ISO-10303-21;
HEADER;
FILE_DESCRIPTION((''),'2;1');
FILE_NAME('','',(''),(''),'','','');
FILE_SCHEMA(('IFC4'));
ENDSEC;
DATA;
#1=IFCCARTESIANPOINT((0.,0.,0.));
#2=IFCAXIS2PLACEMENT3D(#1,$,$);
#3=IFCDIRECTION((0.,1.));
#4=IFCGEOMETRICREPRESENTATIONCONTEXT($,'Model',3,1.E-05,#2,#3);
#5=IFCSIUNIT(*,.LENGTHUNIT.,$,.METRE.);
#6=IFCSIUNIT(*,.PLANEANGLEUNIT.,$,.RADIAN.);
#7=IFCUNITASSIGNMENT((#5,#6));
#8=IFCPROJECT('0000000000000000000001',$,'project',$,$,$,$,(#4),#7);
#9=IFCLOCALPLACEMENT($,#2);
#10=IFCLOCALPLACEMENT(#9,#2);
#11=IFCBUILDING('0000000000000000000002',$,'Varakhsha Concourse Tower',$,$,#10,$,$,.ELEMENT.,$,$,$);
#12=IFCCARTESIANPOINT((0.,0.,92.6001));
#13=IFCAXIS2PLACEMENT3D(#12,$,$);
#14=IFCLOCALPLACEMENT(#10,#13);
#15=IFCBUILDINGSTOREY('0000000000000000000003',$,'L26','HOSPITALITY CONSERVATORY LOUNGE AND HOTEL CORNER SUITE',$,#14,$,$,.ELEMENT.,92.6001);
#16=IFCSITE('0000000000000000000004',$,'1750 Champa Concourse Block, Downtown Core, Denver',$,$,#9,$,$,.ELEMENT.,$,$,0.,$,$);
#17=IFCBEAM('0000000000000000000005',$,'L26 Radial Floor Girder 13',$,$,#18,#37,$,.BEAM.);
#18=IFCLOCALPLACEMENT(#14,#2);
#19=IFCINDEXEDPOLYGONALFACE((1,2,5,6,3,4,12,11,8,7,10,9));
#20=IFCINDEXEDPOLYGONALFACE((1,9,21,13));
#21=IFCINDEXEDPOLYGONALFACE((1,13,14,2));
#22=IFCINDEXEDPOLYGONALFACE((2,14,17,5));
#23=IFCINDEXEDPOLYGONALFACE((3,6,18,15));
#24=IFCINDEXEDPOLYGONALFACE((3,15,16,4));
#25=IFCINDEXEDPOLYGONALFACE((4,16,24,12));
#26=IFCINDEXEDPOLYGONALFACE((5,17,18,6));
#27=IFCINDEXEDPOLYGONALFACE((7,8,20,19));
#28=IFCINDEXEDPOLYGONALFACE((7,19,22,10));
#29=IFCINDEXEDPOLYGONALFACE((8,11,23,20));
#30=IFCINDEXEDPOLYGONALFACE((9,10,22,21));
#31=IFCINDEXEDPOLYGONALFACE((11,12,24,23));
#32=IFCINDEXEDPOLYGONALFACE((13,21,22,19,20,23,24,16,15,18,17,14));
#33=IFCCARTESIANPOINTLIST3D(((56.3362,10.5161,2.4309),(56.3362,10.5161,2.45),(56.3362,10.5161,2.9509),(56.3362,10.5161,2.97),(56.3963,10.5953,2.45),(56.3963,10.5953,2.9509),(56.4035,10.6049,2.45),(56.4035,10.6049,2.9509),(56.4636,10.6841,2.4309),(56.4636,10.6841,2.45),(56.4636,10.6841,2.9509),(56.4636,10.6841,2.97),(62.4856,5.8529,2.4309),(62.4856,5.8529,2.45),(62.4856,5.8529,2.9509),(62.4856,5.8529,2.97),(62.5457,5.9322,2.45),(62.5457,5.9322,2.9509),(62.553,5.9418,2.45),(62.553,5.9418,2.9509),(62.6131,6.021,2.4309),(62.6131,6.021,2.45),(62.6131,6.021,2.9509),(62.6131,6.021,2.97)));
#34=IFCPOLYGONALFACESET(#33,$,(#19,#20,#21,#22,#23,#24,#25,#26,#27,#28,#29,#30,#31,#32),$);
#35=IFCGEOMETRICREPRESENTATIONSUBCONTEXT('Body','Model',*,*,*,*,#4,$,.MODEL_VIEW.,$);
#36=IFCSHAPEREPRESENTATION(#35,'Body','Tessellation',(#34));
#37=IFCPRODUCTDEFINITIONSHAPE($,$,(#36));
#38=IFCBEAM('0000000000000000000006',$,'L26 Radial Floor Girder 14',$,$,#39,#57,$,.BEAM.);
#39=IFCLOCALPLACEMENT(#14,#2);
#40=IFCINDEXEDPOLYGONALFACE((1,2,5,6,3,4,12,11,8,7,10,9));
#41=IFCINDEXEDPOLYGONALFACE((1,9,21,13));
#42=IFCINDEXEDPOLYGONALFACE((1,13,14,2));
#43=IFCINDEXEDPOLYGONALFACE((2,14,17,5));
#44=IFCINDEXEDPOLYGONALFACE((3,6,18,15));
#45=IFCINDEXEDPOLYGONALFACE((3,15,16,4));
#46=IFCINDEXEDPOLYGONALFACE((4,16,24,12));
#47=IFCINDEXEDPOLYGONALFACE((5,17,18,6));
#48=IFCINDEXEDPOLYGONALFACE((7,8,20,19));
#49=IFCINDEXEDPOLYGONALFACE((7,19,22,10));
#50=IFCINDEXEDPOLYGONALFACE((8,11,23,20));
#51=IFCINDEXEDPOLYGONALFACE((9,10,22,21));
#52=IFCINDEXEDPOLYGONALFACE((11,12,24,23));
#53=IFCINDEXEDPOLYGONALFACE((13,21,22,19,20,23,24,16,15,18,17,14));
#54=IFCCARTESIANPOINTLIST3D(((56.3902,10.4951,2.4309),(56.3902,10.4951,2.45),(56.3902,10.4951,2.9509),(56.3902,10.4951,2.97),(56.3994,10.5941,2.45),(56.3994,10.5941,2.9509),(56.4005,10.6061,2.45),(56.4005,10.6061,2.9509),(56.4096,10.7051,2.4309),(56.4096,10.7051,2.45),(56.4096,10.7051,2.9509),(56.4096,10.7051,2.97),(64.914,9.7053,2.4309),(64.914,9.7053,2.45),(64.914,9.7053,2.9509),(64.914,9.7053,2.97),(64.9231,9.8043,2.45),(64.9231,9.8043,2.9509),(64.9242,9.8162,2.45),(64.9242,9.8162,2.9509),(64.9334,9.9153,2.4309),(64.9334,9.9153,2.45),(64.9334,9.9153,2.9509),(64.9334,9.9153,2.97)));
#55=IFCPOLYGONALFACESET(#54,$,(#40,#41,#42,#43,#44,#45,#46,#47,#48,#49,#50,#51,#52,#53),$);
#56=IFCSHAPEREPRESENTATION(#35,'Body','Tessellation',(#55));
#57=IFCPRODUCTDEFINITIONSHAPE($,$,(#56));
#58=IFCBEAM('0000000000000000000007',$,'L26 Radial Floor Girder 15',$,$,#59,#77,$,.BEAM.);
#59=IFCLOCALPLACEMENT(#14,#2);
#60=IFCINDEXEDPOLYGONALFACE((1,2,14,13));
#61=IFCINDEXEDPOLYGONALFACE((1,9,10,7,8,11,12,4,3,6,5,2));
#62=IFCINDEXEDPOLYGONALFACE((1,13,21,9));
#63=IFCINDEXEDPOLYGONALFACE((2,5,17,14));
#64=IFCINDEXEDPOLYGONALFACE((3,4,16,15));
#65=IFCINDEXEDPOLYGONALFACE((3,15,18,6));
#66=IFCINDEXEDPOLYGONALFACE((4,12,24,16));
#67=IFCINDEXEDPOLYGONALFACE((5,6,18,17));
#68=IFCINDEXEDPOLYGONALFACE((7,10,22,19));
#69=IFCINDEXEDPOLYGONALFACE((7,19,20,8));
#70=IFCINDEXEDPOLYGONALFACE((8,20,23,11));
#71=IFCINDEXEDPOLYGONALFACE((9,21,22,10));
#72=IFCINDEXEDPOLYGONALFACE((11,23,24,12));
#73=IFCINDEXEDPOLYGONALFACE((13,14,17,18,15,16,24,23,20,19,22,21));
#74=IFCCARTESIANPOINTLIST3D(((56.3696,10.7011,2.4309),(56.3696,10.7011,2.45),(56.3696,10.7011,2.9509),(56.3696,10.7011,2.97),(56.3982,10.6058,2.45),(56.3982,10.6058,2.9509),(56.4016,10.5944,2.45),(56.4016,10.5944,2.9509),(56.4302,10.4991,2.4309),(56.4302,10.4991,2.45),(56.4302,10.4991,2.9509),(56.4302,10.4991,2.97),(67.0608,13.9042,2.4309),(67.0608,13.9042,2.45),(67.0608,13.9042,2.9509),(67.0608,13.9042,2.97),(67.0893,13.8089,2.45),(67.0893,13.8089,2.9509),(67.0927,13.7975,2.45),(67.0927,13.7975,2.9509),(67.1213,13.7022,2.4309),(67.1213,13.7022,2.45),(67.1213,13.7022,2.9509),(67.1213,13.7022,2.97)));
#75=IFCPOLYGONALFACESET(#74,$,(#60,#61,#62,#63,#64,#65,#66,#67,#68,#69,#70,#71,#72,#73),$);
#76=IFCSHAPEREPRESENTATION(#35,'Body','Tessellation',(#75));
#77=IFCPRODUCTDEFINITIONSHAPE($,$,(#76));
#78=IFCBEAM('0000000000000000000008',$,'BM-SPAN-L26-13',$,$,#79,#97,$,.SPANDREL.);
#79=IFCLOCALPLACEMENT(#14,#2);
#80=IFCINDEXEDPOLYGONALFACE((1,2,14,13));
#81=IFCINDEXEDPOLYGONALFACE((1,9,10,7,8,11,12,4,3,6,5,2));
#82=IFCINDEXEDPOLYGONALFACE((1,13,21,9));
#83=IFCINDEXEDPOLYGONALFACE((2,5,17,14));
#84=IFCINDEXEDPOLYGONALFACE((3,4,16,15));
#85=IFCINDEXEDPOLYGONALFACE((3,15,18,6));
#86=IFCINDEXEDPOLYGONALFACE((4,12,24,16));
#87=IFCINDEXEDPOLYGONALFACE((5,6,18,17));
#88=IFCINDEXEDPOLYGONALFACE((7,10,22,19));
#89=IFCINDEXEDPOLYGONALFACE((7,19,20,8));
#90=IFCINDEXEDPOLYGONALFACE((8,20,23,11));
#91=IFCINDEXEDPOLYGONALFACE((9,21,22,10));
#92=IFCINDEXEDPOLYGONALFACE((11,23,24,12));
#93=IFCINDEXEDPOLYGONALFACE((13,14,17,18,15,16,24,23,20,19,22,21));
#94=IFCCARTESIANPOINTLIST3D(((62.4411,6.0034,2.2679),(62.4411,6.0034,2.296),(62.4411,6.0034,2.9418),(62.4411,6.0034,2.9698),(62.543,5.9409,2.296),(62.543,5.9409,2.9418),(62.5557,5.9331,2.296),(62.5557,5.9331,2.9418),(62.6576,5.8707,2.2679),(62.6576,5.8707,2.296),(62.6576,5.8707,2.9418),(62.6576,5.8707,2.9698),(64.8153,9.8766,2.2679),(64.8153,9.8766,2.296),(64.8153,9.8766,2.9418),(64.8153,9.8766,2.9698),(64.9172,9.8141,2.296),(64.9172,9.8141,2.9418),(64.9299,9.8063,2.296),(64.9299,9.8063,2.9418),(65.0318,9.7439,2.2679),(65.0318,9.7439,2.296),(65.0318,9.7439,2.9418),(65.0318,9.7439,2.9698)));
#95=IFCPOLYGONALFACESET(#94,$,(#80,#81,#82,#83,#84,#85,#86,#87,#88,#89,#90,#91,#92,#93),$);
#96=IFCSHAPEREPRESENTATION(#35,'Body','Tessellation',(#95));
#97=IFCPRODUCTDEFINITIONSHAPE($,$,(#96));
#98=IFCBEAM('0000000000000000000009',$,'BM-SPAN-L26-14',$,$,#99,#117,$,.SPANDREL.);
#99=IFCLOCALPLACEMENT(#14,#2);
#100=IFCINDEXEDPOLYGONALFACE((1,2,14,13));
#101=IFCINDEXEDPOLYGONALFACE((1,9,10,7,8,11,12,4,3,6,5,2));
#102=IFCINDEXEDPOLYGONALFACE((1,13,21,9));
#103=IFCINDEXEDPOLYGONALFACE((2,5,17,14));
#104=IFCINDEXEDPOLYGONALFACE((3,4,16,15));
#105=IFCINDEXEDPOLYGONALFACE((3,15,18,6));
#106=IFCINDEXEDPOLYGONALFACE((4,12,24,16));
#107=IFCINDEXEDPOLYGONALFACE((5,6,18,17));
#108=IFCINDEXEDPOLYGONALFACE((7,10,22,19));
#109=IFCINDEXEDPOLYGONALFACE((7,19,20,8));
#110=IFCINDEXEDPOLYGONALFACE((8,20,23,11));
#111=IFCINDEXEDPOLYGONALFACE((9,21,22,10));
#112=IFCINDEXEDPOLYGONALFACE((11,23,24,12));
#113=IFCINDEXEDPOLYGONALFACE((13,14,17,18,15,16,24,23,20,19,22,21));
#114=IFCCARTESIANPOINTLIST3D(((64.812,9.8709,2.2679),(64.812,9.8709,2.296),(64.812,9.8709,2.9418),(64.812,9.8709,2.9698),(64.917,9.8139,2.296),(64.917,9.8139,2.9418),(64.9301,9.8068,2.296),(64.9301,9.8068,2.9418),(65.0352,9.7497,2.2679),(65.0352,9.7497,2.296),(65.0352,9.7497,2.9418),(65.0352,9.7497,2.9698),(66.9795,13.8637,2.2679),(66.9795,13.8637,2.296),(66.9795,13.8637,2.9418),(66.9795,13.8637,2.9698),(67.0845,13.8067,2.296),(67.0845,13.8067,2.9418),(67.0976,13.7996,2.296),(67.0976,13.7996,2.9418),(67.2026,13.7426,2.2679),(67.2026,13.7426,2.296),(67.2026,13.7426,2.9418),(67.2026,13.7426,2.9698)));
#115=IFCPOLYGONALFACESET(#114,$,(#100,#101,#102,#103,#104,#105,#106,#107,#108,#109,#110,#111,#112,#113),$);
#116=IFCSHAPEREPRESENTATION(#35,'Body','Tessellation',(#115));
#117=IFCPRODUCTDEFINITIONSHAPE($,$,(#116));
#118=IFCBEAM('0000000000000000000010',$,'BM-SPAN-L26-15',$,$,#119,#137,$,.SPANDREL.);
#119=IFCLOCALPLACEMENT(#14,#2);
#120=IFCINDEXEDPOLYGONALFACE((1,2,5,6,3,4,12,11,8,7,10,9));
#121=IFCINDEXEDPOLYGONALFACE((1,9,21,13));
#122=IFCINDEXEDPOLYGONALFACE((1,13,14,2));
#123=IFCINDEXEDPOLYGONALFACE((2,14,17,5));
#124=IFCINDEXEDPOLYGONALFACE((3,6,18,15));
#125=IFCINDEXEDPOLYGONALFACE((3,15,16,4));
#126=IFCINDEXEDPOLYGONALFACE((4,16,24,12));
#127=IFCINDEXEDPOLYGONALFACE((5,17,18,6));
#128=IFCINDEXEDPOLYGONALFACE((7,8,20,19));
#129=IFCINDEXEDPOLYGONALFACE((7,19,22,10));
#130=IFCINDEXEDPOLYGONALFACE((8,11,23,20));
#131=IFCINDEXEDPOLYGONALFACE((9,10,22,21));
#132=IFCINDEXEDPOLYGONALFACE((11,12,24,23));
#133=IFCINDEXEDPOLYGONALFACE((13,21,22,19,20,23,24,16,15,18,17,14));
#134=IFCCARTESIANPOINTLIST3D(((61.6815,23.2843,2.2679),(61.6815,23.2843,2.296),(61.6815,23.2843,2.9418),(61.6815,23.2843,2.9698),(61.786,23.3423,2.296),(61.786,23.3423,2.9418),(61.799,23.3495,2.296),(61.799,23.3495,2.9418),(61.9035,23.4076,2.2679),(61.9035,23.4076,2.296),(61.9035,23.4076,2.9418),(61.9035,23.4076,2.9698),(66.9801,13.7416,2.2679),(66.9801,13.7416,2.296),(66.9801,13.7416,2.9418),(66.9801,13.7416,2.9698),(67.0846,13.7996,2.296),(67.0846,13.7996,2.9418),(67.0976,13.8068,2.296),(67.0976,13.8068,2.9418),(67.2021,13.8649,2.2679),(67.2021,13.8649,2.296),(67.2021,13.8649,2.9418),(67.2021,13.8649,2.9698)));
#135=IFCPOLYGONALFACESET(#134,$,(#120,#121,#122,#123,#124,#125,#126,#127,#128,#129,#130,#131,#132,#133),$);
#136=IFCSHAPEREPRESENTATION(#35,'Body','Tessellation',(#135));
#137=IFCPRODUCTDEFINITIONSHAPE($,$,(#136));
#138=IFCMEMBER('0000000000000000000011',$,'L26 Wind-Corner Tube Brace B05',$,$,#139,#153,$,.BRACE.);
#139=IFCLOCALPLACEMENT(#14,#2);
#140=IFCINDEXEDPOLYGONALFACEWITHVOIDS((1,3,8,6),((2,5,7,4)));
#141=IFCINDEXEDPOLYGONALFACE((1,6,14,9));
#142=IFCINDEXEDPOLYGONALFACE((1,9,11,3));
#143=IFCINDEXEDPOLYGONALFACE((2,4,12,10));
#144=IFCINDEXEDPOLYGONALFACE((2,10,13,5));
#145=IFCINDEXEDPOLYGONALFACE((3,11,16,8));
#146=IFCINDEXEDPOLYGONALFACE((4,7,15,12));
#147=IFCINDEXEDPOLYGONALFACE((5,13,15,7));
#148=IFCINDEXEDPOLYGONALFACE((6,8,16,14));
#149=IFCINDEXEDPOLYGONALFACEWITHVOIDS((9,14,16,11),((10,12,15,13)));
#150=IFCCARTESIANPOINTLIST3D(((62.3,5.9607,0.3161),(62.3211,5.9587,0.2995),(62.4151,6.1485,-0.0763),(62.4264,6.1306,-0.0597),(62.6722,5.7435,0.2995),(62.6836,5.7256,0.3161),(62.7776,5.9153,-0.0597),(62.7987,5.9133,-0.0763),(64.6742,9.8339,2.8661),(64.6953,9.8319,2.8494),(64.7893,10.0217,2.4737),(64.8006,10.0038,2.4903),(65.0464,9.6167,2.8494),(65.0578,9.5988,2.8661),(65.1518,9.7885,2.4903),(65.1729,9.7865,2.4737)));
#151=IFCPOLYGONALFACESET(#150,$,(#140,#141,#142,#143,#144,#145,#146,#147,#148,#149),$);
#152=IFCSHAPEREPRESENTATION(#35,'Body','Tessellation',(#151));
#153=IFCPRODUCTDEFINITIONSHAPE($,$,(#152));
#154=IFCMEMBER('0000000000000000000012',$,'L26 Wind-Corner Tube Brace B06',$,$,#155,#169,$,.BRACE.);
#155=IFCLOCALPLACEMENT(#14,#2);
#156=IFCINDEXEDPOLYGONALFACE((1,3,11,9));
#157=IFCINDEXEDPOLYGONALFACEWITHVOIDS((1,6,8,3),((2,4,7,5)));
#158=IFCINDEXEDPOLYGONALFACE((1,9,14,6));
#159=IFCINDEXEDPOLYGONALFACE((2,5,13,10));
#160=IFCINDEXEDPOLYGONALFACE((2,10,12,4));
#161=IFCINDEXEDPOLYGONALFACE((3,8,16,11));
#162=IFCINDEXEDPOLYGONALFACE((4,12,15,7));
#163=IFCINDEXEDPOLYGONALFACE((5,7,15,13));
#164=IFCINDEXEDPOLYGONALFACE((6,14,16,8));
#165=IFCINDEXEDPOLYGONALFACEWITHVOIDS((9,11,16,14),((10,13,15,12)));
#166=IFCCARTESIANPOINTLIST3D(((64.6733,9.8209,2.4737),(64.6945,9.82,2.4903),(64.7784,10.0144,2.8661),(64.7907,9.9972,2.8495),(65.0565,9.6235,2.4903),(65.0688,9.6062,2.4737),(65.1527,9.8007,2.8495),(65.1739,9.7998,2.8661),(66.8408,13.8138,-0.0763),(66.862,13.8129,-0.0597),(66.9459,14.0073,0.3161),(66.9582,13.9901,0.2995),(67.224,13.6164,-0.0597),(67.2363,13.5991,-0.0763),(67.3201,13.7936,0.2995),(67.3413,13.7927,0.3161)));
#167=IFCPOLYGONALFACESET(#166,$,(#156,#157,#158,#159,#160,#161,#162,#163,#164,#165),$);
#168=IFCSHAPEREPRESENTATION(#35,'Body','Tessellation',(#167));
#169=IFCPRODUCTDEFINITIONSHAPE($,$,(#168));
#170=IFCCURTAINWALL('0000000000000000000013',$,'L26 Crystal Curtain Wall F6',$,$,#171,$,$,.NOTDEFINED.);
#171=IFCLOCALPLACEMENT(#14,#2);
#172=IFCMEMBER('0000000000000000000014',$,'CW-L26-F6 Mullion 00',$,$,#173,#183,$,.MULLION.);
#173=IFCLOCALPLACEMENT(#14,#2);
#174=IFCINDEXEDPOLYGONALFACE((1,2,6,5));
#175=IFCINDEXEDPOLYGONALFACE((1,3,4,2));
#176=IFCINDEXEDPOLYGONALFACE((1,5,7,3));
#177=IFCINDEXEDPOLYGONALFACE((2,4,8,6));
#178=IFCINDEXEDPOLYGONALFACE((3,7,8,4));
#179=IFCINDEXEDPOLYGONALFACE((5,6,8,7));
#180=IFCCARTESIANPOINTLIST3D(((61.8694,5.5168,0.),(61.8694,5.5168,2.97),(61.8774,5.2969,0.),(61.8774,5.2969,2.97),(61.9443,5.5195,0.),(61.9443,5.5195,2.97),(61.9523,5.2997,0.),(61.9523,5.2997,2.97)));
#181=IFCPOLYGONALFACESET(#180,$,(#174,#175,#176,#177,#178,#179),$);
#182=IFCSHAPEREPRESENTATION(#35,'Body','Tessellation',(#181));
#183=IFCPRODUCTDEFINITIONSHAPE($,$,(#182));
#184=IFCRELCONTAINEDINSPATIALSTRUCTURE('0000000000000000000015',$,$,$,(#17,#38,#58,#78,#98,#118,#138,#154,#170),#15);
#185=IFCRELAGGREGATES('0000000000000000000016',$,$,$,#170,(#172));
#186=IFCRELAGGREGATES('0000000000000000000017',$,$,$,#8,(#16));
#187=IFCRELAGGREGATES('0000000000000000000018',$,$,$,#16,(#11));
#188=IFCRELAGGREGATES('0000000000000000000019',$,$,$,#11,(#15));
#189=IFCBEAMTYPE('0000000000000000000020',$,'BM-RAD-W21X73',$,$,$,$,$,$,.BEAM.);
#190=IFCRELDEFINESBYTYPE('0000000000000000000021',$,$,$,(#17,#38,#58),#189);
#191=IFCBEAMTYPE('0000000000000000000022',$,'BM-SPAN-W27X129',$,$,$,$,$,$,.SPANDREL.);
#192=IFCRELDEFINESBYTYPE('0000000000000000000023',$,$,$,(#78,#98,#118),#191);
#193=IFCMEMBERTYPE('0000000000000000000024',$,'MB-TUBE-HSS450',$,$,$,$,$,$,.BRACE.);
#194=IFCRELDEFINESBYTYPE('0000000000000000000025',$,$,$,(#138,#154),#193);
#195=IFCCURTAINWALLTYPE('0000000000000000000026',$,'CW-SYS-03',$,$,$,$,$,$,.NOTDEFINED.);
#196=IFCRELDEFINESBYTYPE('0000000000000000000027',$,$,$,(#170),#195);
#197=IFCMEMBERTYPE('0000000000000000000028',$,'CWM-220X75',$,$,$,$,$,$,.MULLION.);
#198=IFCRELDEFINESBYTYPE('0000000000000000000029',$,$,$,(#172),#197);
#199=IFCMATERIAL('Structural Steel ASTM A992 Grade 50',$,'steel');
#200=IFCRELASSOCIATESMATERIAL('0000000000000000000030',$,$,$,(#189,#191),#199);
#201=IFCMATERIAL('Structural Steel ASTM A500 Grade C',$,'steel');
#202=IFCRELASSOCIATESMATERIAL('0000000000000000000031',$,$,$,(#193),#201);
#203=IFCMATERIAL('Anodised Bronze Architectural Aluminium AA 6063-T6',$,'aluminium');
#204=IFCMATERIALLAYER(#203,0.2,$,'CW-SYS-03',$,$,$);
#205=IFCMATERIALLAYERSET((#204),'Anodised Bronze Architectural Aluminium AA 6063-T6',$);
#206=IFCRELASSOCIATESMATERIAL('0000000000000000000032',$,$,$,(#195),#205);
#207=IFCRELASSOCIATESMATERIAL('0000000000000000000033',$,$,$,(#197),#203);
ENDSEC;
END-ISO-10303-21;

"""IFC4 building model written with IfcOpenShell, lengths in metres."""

from ifc_helpers import new_model, si_unit, direction, frame, origin, origin_2d, place, context, subcontext, project, spatial, rectangle, hollow_rectangle, i_section, extrude, source, transform, mapped, material, layer, layer_set, material_profile, profile_set, type_object, type_shapes, element, aggregate, save


model = new_model("IFC4")

# Units and contexts
model_context = context("Model", 3, precision=1e-05, world=origin(), true_north=direction((0.0, 1.0)))
body_context = subcontext(model_context, "Body", "Model", "MODEL_VIEW")
ifc_project = project(units=[si_unit("LENGTHUNIT", "METRE"), si_unit("PLANEANGLEUNIT", "RADIAN")], contexts=[model_context])

# Site, building, storey
site_placement = place(None, origin())
site = spatial("IfcSite", under=ifc_project, at=site_placement, Name="1750 Champa Concourse Block, Downtown Core, Denver", CompositionType="ELEMENT", RefElevation=0.0)
building_placement = place(site_placement, origin())
building = spatial("IfcBuilding", under=site, at=building_placement, Name="Varakhsha Concourse Tower", CompositionType="ELEMENT")
storey_placement = place(building_placement, frame((0.0, 0.0, 92.6001)))
storey = spatial("IfcBuildingStorey", under=building, at=storey_placement, Name="L26", Description="HOSPITALITY CONSERVATORY LOUNGE AND HOTEL CORNER SUITE", CompositionType="ELEMENT", Elevation=92.6001)

# Shared definitions
ifc_material_1 = material(Name="Structural Steel ASTM A992 Grade 50", Category="steel")

# Beams
ifc_material_profile_1 = material_profile(ifc_material_1, i_section(OverallWidth=0.2109, OverallDepth=0.5391, WebThickness=0.012, FlangeThickness=0.019, at=origin_2d()), Name="W21X73")
ifc_profile_set_1 = profile_set([ifc_material_profile_1], Name="Structural Steel ASTM A992 Grade 50")
beam_type_1 = type_object("IfcBeamType", Name="BM-RAD-W21X73", PredefinedType="BEAM", material=ifc_profile_set_1)
beam_1_placement = place(storey_placement, frame((56.3999, 10.6001, 2.7004), z_axis=(0.796815, -0.604223, 0.0), x_axis=(0.604223, 0.796815, 0.0)))
element("IfcBeam", 1, at=beam_1_placement, inside=storey, type_object=beam_type_1, Name="L26 Radial Floor Girder 13", PredefinedType="BEAM", context=body_context, shape_type="SweptSolid", body=[
    extrude(i_section(OverallWidth=0.2109, OverallDepth=0.5391, WebThickness=0.012, FlangeThickness=0.019, at=origin_2d()), origin(), (0.0, 0.0, 1.0), 7.7175),
])
beam_2_placement = place(storey_placement, frame((56.3999, 10.6001, 2.7004), z_axis=(0.995735, -0.092264, 0.0), x_axis=(0.092264, 0.995735, 0.0)))
element("IfcBeam", 2, at=beam_2_placement, inside=storey, type_object=beam_type_1, Name="L26 Radial Floor Girder 14", PredefinedType="BEAM", context=body_context, shape_type="SweptSolid", body=[
    extrude(i_section(OverallWidth=0.2109, OverallDepth=0.5391, WebThickness=0.012, FlangeThickness=0.019, at=origin_2d()), origin(), (0.0, 0.0, 1.0), 8.5603),
])
beam_3_placement = place(storey_placement, frame((56.3999, 10.6001, 2.7004), z_axis=(0.95793, 0.287001, 0.0), x_axis=(-0.287001, 0.95793, 0.0)))
element("IfcBeam", 3, at=beam_3_placement, inside=storey, type_object=beam_type_1, Name="L26 Radial Floor Girder 15", PredefinedType="BEAM", context=body_context, shape_type="SweptSolid", body=[
    extrude(i_section(OverallWidth=0.2109, OverallDepth=0.5391, WebThickness=0.012, FlangeThickness=0.019, at=origin_2d()), origin(), (0.0, 0.0, 1.0), 11.1606),
])
ifc_material_profile_2 = material_profile(ifc_material_1, i_section(OverallWidth=0.2539, OverallDepth=0.7019, WebThickness=0.0149, FlangeThickness=0.0281, at=origin_2d()), Name="W27X129")
ifc_profile_set_2 = profile_set([ifc_material_profile_2], Name="Structural Steel ASTM A992 Grade 50")
beam_type_2 = type_object("IfcBeamType", Name="BM-SPAN-W27X129", PredefinedType="SPANDREL", material=ifc_profile_set_2)
beam_4_placement = place(storey_placement, frame((62.5493, 5.937, 2.6189), z_axis=(0.522612, 0.85257, 0.0), x_axis=(-0.85257, 0.522612, 0.0)))
element("IfcBeam", 4, at=beam_4_placement, inside=storey, type_object=beam_type_2, Name="BM-SPAN-L26-13", PredefinedType="SPANDREL", context=body_context, shape_type="SweptSolid", body=[
    extrude(i_section(OverallWidth=0.2539, OverallDepth=0.7019, WebThickness=0.0149, FlangeThickness=0.0281, at=origin_2d()), origin(), (0.0, 0.0, 1.0), 4.543),
])
beam_5_placement = place(storey_placement, frame((64.9236, 9.8103, 2.6189), z_axis=(0.477074, 0.878863, 0.0), x_axis=(-0.878863, 0.477074, 0.0)))
element("IfcBeam", 5, at=beam_5_placement, inside=storey, type_object=beam_type_2, Name="BM-SPAN-L26-14", PredefinedType="SPANDREL", context=body_context, shape_type="SweptSolid", body=[
    extrude(i_section(OverallWidth=0.2539, OverallDepth=0.7019, WebThickness=0.0149, FlangeThickness=0.0281, at=origin_2d()), origin(), (0.0, 0.0, 1.0), 4.5432),
])
beam_6_placement = place(storey_placement, frame((67.0911, 13.8032, 2.6189), z_axis=(-0.485438, 0.874271, 0.0), x_axis=(-0.874271, -0.485438, 0.0)))
element("IfcBeam", 6, at=beam_6_placement, inside=storey, type_object=beam_type_2, Name="BM-SPAN-L26-15", PredefinedType="SPANDREL", context=body_context, shape_type="SweptSolid", body=[
    extrude(i_section(OverallWidth=0.2539, OverallDepth=0.7019, WebThickness=0.0149, FlangeThickness=0.0281, at=origin_2d()), origin(), (0.0, 0.0, 1.0), 10.915),
])

# Members
ifc_material_2 = material(Name="Structural Steel ASTM A500 Grade C", Category="steel")
ifc_material_profile_3 = material_profile(ifc_material_2, hollow_rectangle(XDim=0.45, YDim=0.45, WallThickness=0.019, at=origin_2d()), Name="HSS 450x450x19")
ifc_profile_set_3 = profile_set([ifc_material_profile_3], Name="Structural Steel ASTM A500 Grade C")
member_type_1 = type_object("IfcMemberType", Name="MB-TUBE-HSS450", PredefinedType="BRACE", material=ifc_profile_set_3)
shared_shape_1 = source(origin(), body_context, "Body", "SweptSolid", [
    extrude(hollow_rectangle(XDim=0.45, YDim=0.45, WallThickness=0.019, at=origin_2d()), origin(), (0.0, 0.0, 1.0), 5.2097),
])
member_1_placement = place(storey_placement, frame((62.5493, 5.937, 0.1199), z_axis=(0.455729, 0.743459, 0.489469), x_axis=(-0.85257, 0.522612, 0.0)))
element("IfcMember", 7, at=member_1_placement, inside=storey, type_object=member_type_1, Name="L26 Wind-Corner Tube Brace B05", PredefinedType="BRACE", context=body_context, shape_type="MappedRepresentation", body=[
    mapped(shared_shape_1, transform((0.0, 0.0, 0.0), scale=1.0)),
])
shared_shape_2 = source(origin(), body_context, "Body", "SweptSolid", [
    extrude(hollow_rectangle(XDim=0.45, YDim=0.45, WallThickness=0.019, at=origin_2d()), origin(), (0.0, 0.0, 1.0), 5.21),
])
type_shapes(member_type_1, [shared_shape_1, shared_shape_2])
member_2_placement = place(storey_placement, frame((67.0911, 13.8032, 0.1199), z_axis=(-0.416023, -0.766395, 0.489452), x_axis=(0.878863, -0.477074, 0.0)))
element("IfcMember", 8, at=member_2_placement, inside=storey, type_object=member_type_1, Name="L26 Wind-Corner Tube Brace B06", PredefinedType="BRACE", context=body_context, shape_type="MappedRepresentation", body=[
    mapped(shared_shape_2, transform((0.0, 0.0, 0.0), scale=1.0)),
])

# Curtain wall, member
ifc_material_3 = material(Name="Anodised Bronze Architectural Aluminium AA 6063-T6", Category="aluminium")
ifc_layer_1 = layer(ifc_material_3, 0.2, Name="CW-SYS-03")
ifc_layer_set_1 = layer_set([ifc_layer_1], Name="Anodised Bronze Architectural Aluminium AA 6063-T6")
curtain_wall_type = type_object("IfcCurtainWallType", Name="CW-SYS-03", PredefinedType="NOTDEFINED", material=ifc_layer_set_1)
curtain_wall_1_placement = place(storey_placement, origin())
curtain_wall_1 = element("IfcCurtainWall", 9, at=curtain_wall_1_placement, inside=storey, type_object=curtain_wall_type, Name="L26 Crystal Curtain Wall F6", PredefinedType="NOTDEFINED")
ifc_material_profile_4 = material_profile(ifc_material_3, rectangle(XDim=0.075, YDim=0.22, at=origin_2d()), Name="CWM-220X75")
ifc_profile_set_4 = profile_set([ifc_material_profile_4], Name="Anodised Bronze Architectural Aluminium AA 6063-T6")
member_type_2 = type_object("IfcMemberType", Name="CWM-220X75", PredefinedType="MULLION", material=ifc_profile_set_4)
shared_shape_3 = source(origin(), body_context, "Body", "SweptSolid", [
    extrude(rectangle(XDim=0.075, YDim=0.22, at=origin_2d()), origin(), (0.0, 0.0, 1.0), 2.97),
])
type_shapes(member_type_2, [shared_shape_3])
member_3_placement = place(storey_placement, frame((61.9109, 5.4082, 0.0), z_axis=(0.0, 0.0, 1.0), x_axis=(-0.999336, -0.036424, 0.0)))
member_3 = element("IfcMember", 10, at=member_3_placement, type_object=member_type_2, Name="CW-L26-F6 Mullion 00", PredefinedType="MULLION", context=body_context, shape_type="MappedRepresentation", body=[
    mapped(shared_shape_3, transform((0.0, 0.0, 0.0), scale=1.0)),
])

aggregate(curtain_wall_1, [member_3])

save(model, "model.ifc")
